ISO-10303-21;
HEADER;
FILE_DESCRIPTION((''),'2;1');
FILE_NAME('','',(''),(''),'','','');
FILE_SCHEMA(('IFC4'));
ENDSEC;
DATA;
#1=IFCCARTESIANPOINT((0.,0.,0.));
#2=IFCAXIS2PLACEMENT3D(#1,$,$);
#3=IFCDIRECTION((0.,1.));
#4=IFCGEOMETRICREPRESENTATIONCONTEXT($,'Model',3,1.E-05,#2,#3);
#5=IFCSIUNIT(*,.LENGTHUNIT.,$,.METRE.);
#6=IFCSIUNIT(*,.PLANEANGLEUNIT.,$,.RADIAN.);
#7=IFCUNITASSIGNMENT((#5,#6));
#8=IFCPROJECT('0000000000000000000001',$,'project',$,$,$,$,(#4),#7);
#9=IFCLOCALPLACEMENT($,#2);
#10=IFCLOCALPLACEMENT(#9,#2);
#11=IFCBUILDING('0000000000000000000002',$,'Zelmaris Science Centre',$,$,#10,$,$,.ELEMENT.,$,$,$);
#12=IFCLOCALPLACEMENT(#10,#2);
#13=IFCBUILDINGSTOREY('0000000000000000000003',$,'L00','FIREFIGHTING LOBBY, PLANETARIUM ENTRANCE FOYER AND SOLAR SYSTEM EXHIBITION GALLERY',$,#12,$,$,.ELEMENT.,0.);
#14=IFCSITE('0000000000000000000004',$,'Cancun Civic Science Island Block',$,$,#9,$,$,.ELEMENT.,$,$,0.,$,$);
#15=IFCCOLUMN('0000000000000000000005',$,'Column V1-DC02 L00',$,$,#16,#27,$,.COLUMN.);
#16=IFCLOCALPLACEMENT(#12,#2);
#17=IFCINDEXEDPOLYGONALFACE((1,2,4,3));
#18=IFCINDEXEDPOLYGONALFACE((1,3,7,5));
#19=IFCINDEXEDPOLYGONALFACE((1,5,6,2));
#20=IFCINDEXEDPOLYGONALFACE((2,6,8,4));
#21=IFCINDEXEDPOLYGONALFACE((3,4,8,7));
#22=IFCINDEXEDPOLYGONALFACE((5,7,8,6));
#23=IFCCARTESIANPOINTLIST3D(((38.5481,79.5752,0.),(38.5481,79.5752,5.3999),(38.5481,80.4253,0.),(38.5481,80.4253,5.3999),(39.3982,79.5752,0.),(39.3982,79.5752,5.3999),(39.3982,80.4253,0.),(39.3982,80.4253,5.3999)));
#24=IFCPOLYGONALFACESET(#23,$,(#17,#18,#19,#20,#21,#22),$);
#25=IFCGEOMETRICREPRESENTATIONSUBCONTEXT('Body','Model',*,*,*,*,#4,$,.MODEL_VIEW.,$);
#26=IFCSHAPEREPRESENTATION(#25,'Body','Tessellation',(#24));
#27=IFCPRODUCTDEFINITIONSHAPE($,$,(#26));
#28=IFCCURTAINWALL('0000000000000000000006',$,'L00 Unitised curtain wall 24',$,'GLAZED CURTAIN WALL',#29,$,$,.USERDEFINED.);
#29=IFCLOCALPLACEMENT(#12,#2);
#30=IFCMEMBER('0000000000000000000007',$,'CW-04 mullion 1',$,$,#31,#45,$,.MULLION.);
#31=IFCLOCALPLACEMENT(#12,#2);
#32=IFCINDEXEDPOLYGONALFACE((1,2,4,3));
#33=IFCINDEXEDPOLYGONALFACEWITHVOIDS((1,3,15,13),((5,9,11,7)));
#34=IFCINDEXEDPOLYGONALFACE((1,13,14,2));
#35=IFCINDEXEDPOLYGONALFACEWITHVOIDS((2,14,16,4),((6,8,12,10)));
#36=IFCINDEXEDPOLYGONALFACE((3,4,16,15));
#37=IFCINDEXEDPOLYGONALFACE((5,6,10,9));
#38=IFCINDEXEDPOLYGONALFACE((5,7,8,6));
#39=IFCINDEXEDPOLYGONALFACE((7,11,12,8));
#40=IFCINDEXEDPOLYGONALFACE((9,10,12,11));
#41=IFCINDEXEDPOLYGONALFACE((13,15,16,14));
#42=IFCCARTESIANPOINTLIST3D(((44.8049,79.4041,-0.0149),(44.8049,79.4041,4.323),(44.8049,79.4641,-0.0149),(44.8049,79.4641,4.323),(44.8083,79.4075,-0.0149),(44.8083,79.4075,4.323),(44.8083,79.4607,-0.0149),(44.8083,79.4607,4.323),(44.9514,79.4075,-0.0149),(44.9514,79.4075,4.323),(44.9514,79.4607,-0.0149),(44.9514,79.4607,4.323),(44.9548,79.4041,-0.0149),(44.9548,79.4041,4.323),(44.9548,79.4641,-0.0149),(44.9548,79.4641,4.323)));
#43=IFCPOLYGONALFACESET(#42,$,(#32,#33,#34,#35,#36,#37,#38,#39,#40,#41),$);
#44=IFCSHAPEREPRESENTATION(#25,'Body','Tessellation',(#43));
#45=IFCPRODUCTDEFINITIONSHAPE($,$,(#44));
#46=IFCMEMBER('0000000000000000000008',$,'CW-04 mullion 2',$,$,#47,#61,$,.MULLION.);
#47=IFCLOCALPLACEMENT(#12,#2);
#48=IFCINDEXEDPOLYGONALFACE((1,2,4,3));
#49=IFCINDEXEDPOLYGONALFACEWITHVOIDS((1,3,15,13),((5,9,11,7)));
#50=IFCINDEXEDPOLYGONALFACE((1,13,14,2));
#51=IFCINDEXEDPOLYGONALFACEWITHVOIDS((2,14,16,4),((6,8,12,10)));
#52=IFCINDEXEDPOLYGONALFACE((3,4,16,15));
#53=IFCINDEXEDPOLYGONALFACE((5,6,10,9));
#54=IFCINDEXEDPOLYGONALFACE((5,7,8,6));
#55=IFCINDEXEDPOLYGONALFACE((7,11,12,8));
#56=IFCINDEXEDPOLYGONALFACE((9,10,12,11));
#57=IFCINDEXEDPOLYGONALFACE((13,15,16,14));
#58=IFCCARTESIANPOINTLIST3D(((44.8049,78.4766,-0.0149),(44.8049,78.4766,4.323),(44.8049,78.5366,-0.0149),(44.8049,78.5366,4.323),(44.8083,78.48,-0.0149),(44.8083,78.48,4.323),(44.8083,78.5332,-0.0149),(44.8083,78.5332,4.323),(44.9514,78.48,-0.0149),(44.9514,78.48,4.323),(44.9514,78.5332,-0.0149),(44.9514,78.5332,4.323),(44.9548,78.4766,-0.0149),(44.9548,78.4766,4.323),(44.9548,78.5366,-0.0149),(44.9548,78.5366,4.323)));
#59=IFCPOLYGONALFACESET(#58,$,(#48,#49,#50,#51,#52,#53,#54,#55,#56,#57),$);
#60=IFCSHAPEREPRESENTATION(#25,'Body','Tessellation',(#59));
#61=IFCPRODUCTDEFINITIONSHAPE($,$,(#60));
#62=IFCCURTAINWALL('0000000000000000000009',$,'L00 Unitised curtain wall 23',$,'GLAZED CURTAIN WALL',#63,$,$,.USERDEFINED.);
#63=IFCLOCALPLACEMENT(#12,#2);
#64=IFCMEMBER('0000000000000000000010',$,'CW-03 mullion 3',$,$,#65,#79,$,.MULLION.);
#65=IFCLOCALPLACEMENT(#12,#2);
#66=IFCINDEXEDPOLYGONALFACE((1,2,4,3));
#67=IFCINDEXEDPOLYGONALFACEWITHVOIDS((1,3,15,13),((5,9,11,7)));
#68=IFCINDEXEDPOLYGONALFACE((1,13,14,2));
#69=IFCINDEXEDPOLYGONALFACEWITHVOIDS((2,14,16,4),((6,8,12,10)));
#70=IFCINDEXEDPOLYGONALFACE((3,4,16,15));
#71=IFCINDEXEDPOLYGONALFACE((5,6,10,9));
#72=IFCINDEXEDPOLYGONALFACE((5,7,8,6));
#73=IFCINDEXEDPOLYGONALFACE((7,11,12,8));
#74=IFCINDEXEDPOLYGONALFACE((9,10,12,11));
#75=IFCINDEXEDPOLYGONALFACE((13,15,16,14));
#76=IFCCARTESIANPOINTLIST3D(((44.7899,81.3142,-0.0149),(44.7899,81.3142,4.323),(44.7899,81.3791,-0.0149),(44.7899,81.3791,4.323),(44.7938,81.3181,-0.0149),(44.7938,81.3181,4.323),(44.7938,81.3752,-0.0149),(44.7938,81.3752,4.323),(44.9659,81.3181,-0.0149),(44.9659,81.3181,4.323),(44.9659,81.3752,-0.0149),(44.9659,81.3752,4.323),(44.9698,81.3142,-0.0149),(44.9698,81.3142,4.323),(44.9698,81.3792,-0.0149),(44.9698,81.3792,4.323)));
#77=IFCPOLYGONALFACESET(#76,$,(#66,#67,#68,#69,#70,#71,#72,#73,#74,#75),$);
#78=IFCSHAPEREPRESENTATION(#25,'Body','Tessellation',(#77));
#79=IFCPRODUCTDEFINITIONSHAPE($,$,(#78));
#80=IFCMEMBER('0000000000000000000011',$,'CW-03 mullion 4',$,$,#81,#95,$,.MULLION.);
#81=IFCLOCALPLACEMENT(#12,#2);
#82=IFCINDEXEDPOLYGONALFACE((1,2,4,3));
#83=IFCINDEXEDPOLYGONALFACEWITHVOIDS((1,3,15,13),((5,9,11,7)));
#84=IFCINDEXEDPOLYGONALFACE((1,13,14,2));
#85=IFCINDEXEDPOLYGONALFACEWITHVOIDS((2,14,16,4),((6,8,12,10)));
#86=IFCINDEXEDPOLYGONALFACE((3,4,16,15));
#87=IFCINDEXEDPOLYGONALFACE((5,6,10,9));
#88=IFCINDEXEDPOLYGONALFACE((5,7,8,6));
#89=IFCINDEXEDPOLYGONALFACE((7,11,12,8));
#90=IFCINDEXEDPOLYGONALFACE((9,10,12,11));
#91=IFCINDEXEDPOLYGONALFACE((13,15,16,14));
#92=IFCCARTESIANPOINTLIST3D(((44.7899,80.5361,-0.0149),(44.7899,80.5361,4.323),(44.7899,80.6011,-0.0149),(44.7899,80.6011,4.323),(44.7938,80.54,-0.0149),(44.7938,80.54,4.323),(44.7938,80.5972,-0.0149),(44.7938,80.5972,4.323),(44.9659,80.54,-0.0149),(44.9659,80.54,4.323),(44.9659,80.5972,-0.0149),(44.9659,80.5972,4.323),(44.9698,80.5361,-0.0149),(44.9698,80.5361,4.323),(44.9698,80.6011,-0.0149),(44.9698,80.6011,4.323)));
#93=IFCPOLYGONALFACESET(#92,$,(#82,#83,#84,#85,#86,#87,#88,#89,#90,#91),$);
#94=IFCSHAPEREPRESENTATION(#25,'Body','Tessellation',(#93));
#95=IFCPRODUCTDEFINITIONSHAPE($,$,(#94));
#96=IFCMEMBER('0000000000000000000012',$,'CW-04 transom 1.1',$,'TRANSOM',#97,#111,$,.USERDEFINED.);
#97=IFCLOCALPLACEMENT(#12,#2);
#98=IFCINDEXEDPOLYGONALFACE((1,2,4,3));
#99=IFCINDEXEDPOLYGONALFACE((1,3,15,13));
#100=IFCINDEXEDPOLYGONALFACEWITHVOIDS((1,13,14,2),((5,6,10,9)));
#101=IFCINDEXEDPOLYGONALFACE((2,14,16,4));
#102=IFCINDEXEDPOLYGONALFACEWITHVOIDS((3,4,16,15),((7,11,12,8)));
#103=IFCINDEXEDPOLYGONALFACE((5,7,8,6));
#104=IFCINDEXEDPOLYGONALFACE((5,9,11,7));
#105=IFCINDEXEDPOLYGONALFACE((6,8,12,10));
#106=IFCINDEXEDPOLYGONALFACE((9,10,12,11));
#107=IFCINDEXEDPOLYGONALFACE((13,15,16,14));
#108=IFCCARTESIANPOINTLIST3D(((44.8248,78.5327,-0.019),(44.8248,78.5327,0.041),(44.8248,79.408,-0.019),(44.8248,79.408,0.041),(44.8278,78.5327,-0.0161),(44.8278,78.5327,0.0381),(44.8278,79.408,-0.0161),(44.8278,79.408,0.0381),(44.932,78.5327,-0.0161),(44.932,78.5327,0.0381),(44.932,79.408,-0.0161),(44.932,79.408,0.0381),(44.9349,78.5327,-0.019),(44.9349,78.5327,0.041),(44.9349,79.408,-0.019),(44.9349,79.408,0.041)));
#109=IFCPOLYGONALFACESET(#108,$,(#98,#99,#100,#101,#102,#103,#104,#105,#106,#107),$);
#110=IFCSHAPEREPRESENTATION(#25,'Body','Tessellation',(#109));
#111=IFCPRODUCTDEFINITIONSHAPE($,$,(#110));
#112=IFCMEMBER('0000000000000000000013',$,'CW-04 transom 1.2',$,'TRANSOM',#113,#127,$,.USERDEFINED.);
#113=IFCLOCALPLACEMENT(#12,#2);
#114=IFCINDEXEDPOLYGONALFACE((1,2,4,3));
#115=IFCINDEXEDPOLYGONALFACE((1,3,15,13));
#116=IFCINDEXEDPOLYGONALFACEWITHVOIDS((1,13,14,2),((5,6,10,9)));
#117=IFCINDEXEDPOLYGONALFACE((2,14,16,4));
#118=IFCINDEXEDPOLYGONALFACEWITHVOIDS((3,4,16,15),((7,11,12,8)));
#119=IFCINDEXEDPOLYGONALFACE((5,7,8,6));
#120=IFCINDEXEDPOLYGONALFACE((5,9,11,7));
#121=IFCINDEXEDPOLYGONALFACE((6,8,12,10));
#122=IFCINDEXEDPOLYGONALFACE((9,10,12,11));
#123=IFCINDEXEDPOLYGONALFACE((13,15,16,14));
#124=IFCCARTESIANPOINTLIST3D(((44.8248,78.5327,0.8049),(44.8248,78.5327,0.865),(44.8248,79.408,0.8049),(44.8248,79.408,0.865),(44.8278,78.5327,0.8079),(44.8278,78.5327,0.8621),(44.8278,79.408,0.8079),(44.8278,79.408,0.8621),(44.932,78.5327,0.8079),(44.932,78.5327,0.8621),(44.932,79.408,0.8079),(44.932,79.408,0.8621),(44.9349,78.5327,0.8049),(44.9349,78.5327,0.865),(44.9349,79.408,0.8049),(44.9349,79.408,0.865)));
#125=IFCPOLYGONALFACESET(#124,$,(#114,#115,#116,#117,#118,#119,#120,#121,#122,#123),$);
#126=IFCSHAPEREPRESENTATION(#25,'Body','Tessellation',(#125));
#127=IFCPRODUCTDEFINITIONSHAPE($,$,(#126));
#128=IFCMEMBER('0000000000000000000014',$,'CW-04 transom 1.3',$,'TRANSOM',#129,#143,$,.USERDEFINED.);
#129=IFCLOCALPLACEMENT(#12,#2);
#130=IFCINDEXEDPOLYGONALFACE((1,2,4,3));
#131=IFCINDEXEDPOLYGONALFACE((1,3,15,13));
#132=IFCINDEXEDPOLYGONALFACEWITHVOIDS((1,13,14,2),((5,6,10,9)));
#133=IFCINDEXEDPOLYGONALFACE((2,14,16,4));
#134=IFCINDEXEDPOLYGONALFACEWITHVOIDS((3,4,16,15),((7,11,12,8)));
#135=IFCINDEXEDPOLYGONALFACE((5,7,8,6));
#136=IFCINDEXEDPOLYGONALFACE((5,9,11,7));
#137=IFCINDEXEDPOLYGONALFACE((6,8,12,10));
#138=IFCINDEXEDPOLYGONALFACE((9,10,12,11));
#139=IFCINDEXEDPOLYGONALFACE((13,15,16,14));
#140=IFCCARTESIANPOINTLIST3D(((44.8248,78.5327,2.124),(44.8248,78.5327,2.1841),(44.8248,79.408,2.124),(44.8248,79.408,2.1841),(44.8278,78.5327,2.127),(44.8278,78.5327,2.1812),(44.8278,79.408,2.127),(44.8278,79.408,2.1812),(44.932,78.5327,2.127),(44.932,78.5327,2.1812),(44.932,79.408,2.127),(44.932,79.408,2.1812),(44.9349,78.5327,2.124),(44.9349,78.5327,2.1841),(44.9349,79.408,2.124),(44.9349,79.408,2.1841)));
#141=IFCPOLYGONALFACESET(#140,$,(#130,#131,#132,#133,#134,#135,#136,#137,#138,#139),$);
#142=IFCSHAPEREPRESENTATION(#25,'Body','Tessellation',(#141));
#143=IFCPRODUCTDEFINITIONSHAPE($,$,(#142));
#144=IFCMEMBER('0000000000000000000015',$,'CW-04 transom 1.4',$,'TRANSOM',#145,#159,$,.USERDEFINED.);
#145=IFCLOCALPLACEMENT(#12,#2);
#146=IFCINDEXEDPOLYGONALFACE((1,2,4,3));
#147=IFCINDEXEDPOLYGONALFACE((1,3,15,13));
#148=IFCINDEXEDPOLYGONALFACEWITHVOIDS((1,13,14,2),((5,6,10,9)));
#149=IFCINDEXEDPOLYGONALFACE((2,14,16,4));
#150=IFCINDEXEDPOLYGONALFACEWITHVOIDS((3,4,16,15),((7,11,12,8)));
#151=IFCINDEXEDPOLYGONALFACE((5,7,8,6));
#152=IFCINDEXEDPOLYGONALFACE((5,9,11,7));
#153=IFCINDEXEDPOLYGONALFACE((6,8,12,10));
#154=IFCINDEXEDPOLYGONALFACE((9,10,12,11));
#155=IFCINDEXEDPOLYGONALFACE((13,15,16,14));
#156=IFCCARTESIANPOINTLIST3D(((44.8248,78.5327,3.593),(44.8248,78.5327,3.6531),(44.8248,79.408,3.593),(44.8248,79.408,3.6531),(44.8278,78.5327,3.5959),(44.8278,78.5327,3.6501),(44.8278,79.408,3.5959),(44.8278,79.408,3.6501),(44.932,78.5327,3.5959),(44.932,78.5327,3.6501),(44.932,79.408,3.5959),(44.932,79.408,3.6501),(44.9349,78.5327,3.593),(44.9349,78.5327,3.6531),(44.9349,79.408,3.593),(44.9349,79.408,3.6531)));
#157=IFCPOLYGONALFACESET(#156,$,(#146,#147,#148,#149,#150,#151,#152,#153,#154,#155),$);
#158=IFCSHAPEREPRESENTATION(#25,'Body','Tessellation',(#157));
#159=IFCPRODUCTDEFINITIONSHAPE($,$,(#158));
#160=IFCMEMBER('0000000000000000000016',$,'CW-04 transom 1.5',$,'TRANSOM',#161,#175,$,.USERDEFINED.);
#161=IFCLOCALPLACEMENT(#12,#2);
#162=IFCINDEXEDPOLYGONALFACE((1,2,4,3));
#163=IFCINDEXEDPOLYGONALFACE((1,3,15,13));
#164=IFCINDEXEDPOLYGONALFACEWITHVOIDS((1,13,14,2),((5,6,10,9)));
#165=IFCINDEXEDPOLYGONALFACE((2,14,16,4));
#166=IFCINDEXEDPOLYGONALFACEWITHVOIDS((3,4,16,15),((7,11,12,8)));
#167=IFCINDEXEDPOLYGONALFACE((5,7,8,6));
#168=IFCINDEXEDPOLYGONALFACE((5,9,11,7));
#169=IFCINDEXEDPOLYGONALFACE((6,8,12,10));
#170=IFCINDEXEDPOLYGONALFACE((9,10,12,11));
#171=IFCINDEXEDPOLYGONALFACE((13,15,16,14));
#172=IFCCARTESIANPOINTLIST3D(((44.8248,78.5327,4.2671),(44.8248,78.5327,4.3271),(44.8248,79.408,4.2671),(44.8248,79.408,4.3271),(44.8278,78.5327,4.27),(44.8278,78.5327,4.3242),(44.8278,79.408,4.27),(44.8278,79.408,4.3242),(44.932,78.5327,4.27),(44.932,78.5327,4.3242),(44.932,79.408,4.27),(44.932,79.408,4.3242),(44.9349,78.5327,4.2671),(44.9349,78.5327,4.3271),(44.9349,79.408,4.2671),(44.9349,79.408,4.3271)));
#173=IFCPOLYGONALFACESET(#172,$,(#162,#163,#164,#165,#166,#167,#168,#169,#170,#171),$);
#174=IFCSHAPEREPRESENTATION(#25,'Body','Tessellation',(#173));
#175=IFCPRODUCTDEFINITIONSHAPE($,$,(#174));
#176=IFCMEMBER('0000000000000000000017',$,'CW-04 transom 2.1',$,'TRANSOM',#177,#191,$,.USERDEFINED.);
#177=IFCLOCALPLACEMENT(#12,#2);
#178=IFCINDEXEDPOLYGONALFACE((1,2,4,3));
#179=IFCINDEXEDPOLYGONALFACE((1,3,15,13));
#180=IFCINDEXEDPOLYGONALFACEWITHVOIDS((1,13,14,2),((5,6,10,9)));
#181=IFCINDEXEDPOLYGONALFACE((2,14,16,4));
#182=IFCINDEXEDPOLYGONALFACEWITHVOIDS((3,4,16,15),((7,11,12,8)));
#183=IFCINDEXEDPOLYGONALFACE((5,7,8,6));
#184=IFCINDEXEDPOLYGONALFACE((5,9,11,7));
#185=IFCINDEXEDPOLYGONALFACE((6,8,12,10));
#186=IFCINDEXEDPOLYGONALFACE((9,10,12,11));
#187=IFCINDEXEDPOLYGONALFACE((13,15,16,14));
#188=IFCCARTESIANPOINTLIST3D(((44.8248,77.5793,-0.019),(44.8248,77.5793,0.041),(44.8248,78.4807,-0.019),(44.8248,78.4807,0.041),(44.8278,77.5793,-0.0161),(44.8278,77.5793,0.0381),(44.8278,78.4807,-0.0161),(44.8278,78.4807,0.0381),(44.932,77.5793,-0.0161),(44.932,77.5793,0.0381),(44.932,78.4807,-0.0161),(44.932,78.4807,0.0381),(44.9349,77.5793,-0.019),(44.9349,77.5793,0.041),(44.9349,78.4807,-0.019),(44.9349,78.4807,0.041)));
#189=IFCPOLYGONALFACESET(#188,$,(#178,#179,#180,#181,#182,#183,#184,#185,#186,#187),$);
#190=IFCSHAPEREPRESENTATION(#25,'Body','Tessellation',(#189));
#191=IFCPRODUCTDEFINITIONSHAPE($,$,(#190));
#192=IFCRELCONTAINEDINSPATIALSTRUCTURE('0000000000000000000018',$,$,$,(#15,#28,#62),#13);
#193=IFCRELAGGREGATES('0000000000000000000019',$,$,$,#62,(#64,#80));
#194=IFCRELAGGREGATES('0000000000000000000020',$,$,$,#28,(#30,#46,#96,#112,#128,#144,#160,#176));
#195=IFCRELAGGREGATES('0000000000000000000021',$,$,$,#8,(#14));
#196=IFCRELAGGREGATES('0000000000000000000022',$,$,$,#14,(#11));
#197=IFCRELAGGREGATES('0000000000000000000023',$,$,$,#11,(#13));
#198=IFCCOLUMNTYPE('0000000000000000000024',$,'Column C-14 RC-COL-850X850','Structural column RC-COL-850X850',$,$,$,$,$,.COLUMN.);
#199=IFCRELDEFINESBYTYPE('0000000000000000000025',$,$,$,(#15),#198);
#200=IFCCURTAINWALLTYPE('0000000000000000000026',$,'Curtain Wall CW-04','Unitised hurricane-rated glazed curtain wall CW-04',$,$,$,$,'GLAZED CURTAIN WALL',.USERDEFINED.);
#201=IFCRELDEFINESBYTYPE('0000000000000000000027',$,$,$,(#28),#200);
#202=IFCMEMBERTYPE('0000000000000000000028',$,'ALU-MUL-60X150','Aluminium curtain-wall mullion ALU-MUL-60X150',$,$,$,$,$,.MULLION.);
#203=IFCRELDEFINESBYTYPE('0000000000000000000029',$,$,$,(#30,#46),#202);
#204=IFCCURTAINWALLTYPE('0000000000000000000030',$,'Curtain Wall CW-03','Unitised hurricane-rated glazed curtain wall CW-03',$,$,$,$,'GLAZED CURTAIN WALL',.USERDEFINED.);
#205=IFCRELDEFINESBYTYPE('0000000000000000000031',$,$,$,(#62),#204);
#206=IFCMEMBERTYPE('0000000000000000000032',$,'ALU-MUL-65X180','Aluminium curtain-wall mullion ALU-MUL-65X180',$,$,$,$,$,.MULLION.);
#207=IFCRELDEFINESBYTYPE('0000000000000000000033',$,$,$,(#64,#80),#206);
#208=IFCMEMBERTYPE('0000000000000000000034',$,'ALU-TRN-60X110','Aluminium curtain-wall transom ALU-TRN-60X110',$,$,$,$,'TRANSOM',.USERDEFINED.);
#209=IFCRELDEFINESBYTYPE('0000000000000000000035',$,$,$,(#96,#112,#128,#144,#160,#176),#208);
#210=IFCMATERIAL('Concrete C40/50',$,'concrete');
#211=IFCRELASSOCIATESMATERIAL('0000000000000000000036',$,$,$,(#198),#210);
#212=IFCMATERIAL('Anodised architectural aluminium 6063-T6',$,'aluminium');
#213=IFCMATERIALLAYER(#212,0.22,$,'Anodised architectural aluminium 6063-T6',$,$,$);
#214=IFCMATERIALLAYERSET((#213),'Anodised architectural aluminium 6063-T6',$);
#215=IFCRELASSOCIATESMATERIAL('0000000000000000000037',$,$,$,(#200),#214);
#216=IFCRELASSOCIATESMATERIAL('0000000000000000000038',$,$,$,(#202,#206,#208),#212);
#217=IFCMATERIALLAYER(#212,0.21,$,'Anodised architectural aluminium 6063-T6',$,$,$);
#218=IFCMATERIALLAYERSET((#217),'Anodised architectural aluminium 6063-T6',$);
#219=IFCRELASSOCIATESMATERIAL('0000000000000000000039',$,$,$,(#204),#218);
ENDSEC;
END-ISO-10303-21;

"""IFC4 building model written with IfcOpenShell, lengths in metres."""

from ifc_helpers import new_model, si_unit, direction, frame, origin, origin_2d, place, context, subcontext, project, spatial, rectangle, hollow_rectangle, extrude, material, layer, layer_set, material_profile, profile_set, type_object, element, aggregate, save


model = new_model("IFC4")

# Units and contexts
model_context = context("Model", 3, precision=1e-05, world=origin(), true_north=direction((0.0, 1.0)))
body_context = subcontext(model_context, "Body", "Model", "MODEL_VIEW")
ifc_project = project(units=[si_unit("LENGTHUNIT", "METRE"), si_unit("PLANEANGLEUNIT", "RADIAN")], contexts=[model_context])

# Site, building, storey
site_placement = place(None, origin())
site = spatial("IfcSite", under=ifc_project, at=site_placement, Name="Cancun Civic Science Island Block", CompositionType="ELEMENT", RefElevation=0.0)
building_placement = place(site_placement, origin())
building = spatial("IfcBuilding", under=site, at=building_placement, Name="Zelmaris Science Centre", CompositionType="ELEMENT")
storey_placement = place(building_placement, origin())
storey = spatial("IfcBuildingStorey", under=building, at=storey_placement, Name="L00", Description="FIREFIGHTING LOBBY, PLANETARIUM ENTRANCE FOYER AND SOLAR SYSTEM EXHIBITION GALLERY", CompositionType="ELEMENT", Elevation=0.0)

# Column
ifc_material_1 = material(Name="Concrete C40/50", Category="concrete")
ifc_material_profile_1 = material_profile(ifc_material_1, rectangle(XDim=0.8501, YDim=0.8501, at=origin_2d()), Name="RC-COL-850X850")
ifc_profile_set_1 = profile_set([ifc_material_profile_1], Name="Concrete C40/50")
column_type = type_object("IfcColumnType", Name="Column C-14 RC-COL-850X850", Description="Structural column RC-COL-850X850", PredefinedType="COLUMN", material=ifc_profile_set_1)
column_placement = place(storey_placement, frame((38.9731, 80.0002, 0.0), z_axis=(0.0, 0.0, 1.0), x_axis=(1.0, 0.0, 0.0)))
element("IfcColumn", 1, at=column_placement, inside=storey, type_object=column_type, Name="Column V1-DC02 L00", PredefinedType="COLUMN", context=body_context, shape_type="SweptSolid", body=[
    extrude(rectangle(XDim=0.8501, YDim=0.8501, at=origin_2d()), origin(), (0.0, 0.0, 1.0), 5.3999),
])

# Curtain walls, members
ifc_material_2 = material(Name="Anodised architectural aluminium 6063-T6", Category="aluminium")
ifc_layer_1 = layer(ifc_material_2, 0.22, Name="Anodised architectural aluminium 6063-T6")
ifc_layer_set_1 = layer_set([ifc_layer_1], Name="Anodised architectural aluminium 6063-T6")
curtain_wall_type_1 = type_object("IfcCurtainWallType", Name="Curtain Wall CW-04", Description="Unitised hurricane-rated glazed curtain wall CW-04", ElementType="GLAZED CURTAIN WALL", PredefinedType="USERDEFINED", material=ifc_layer_set_1)
curtain_wall_1_placement = place(storey_placement, origin())
curtain_wall_1 = element("IfcCurtainWall", 2, at=curtain_wall_1_placement, inside=storey, type_object=curtain_wall_type_1, Name="L00 Unitised curtain wall 24", ObjectType="GLAZED CURTAIN WALL", PredefinedType="USERDEFINED")
ifc_material_profile_2 = material_profile(ifc_material_2, hollow_rectangle(XDim=0.0601, YDim=0.1499, WallThickness=0.0034, at=origin_2d()), Name="ALU-MUL-60X150")
ifc_profile_set_2 = profile_set([ifc_material_profile_2], Name="Anodised architectural aluminium 6063-T6")
member_type_1 = type_object("IfcMemberType", Name="ALU-MUL-60X150", Description="Aluminium curtain-wall mullion ALU-MUL-60X150", PredefinedType="MULLION", material=ifc_profile_set_2)
member_1_placement = place(storey_placement, frame((44.8799, 79.4341, -0.0149), z_axis=(0.0, 0.0, 1.0), x_axis=(0.000009, -1.0, 0.0)))
member_1 = element("IfcMember", 3, at=member_1_placement, type_object=member_type_1, Name="CW-04 mullion 1", PredefinedType="MULLION", context=body_context, shape_type="SweptSolid", body=[
    extrude(hollow_rectangle(XDim=0.0601, YDim=0.1499, WallThickness=0.0034, at=origin_2d()), origin(), (0.0, 0.0, 1.0), 4.3379),
])
member_2_placement = place(storey_placement, frame((44.8799, 78.5066, -0.0149), z_axis=(0.0, 0.0, 1.0), x_axis=(0.000009, -1.0, 0.0)))
member_2 = element("IfcMember", 4, at=member_2_placement, type_object=member_type_1, Name="CW-04 mullion 2", PredefinedType="MULLION", context=body_context, shape_type="SweptSolid", body=[
    extrude(hollow_rectangle(XDim=0.0601, YDim=0.1499, WallThickness=0.0034, at=origin_2d()), origin(), (0.0, 0.0, 1.0), 4.3379),
])
ifc_layer_2 = layer(ifc_material_2, 0.21, Name="Anodised architectural aluminium 6063-T6")
ifc_layer_set_2 = layer_set([ifc_layer_2], Name="Anodised architectural aluminium 6063-T6")
curtain_wall_type_2 = type_object("IfcCurtainWallType", Name="Curtain Wall CW-03", Description="Unitised hurricane-rated glazed curtain wall CW-03", ElementType="GLAZED CURTAIN WALL", PredefinedType="USERDEFINED", material=ifc_layer_set_2)
curtain_wall_2_placement = place(storey_placement, origin())
curtain_wall_2 = element("IfcCurtainWall", 5, at=curtain_wall_2_placement, inside=storey, type_object=curtain_wall_type_2, Name="L00 Unitised curtain wall 23", ObjectType="GLAZED CURTAIN WALL", PredefinedType="USERDEFINED")
ifc_material_profile_3 = material_profile(ifc_material_2, hollow_rectangle(XDim=0.0649, YDim=0.1799, WallThickness=0.0039, at=origin_2d()), Name="ALU-MUL-65X180")
ifc_profile_set_3 = profile_set([ifc_material_profile_3], Name="Anodised architectural aluminium 6063-T6")
member_type_2 = type_object("IfcMemberType", Name="ALU-MUL-65X180", Description="Aluminium curtain-wall mullion ALU-MUL-65X180", PredefinedType="MULLION", material=ifc_profile_set_3)
member_3_placement = place(storey_placement, frame((44.8799, 81.3467, -0.0149), z_axis=(0.0, 0.0, 1.0), x_axis=(0.000009, -1.0, 0.0)))
member_3 = element("IfcMember", 6, at=member_3_placement, type_object=member_type_2, Name="CW-03 mullion 3", PredefinedType="MULLION", context=body_context, shape_type="SweptSolid", body=[
    extrude(hollow_rectangle(XDim=0.0649, YDim=0.1799, WallThickness=0.0039, at=origin_2d()), origin(), (0.0, 0.0, 1.0), 4.3379),
])
member_4_placement = place(storey_placement, frame((44.8799, 80.5686, -0.0149), z_axis=(0.0, 0.0, 1.0), x_axis=(0.000009, -1.0, 0.0)))
member_4 = element("IfcMember", 7, at=member_4_placement, type_object=member_type_2, Name="CW-03 mullion 4", PredefinedType="MULLION", context=body_context, shape_type="SweptSolid", body=[
    extrude(hollow_rectangle(XDim=0.0649, YDim=0.1799, WallThickness=0.0039, at=origin_2d()), origin(), (0.0, 0.0, 1.0), 4.3379),
])

# Members
ifc_material_profile_4 = material_profile(ifc_material_2, hollow_rectangle(XDim=0.0601, YDim=0.1101, WallThickness=0.0029, at=origin_2d()), Name="ALU-TRN-60X110")
ifc_profile_set_4 = profile_set([ifc_material_profile_4], Name="Anodised architectural aluminium 6063-T6")
member_type_3 = type_object("IfcMemberType", Name="ALU-TRN-60X110", Description="Aluminium curtain-wall transom ALU-TRN-60X110", ElementType="TRANSOM", PredefinedType="USERDEFINED", material=ifc_profile_set_4)
member_5_placement = place(storey_placement, frame((44.8799, 79.408, 0.011), z_axis=(0.0, -1.0, 0.0), x_axis=(0.0, 0.0, 1.0)))
member_5 = element("IfcMember", 8, at=member_5_placement, type_object=member_type_3, Name="CW-04 transom 1.1", ObjectType="TRANSOM", PredefinedType="USERDEFINED", context=body_context, shape_type="SweptSolid", body=[
    extrude(hollow_rectangle(XDim=0.0601, YDim=0.1101, WallThickness=0.0029, at=origin_2d()), origin(), (0.0, 0.0, 1.0), 0.8752),
])
member_6_placement = place(storey_placement, frame((44.8799, 79.408, 0.835), z_axis=(0.0, -1.0, 0.0), x_axis=(0.0, 0.0, 1.0)))
member_6 = element("IfcMember", 9, at=member_6_placement, type_object=member_type_3, Name="CW-04 transom 1.2", ObjectType="TRANSOM", PredefinedType="USERDEFINED", context=body_context, shape_type="SweptSolid", body=[
    extrude(hollow_rectangle(XDim=0.0601, YDim=0.1101, WallThickness=0.0029, at=origin_2d()), origin(), (0.0, 0.0, 1.0), 0.8752),
])
member_7_placement = place(storey_placement, frame((44.8799, 79.408, 2.1541), z_axis=(0.0, -1.0, 0.0), x_axis=(0.0, 0.0, 1.0)))
member_7 = element("IfcMember", 10, at=member_7_placement, type_object=member_type_3, Name="CW-04 transom 1.3", ObjectType="TRANSOM", PredefinedType="USERDEFINED", context=body_context, shape_type="SweptSolid", body=[
    extrude(hollow_rectangle(XDim=0.0601, YDim=0.1101, WallThickness=0.0029, at=origin_2d()), origin(), (0.0, 0.0, 1.0), 0.8752),
])
member_8_placement = place(storey_placement, frame((44.8799, 79.408, 3.623), z_axis=(0.0, -1.0, 0.0), x_axis=(0.0, 0.0, 1.0)))
member_8 = element("IfcMember", 11, at=member_8_placement, type_object=member_type_3, Name="CW-04 transom 1.4", ObjectType="TRANSOM", PredefinedType="USERDEFINED", context=body_context, shape_type="SweptSolid", body=[
    extrude(hollow_rectangle(XDim=0.0601, YDim=0.1101, WallThickness=0.0029, at=origin_2d()), origin(), (0.0, 0.0, 1.0), 0.8752),
])
member_9_placement = place(storey_placement, frame((44.8799, 79.408, 4.2971), z_axis=(0.0, -1.0, 0.0), x_axis=(0.0, 0.0, 1.0)))
member_9 = element("IfcMember", 12, at=member_9_placement, type_object=member_type_3, Name="CW-04 transom 1.5", ObjectType="TRANSOM", PredefinedType="USERDEFINED", context=body_context, shape_type="SweptSolid", body=[
    extrude(hollow_rectangle(XDim=0.0601, YDim=0.1101, WallThickness=0.0029, at=origin_2d()), origin(), (0.0, 0.0, 1.0), 0.8752),
])
member_10_placement = place(storey_placement, frame((44.8799, 78.4807, 0.011), z_axis=(0.0, -1.0, 0.0), x_axis=(0.0, 0.0, 1.0)))
member_10 = element("IfcMember", 13, at=member_10_placement, type_object=member_type_3, Name="CW-04 transom 2.1", ObjectType="TRANSOM", PredefinedType="USERDEFINED", context=body_context, shape_type="SweptSolid", body=[
    extrude(hollow_rectangle(XDim=0.0601, YDim=0.1101, WallThickness=0.0029, at=origin_2d()), origin(), (0.0, 0.0, 1.0), 0.9014),
])

aggregate(curtain_wall_2, [member_3, member_4])
aggregate(curtain_wall_1, [member_1, member_2, member_5, member_6, member_7, member_8, member_9, member_10])

save(model, "model.ifc")
